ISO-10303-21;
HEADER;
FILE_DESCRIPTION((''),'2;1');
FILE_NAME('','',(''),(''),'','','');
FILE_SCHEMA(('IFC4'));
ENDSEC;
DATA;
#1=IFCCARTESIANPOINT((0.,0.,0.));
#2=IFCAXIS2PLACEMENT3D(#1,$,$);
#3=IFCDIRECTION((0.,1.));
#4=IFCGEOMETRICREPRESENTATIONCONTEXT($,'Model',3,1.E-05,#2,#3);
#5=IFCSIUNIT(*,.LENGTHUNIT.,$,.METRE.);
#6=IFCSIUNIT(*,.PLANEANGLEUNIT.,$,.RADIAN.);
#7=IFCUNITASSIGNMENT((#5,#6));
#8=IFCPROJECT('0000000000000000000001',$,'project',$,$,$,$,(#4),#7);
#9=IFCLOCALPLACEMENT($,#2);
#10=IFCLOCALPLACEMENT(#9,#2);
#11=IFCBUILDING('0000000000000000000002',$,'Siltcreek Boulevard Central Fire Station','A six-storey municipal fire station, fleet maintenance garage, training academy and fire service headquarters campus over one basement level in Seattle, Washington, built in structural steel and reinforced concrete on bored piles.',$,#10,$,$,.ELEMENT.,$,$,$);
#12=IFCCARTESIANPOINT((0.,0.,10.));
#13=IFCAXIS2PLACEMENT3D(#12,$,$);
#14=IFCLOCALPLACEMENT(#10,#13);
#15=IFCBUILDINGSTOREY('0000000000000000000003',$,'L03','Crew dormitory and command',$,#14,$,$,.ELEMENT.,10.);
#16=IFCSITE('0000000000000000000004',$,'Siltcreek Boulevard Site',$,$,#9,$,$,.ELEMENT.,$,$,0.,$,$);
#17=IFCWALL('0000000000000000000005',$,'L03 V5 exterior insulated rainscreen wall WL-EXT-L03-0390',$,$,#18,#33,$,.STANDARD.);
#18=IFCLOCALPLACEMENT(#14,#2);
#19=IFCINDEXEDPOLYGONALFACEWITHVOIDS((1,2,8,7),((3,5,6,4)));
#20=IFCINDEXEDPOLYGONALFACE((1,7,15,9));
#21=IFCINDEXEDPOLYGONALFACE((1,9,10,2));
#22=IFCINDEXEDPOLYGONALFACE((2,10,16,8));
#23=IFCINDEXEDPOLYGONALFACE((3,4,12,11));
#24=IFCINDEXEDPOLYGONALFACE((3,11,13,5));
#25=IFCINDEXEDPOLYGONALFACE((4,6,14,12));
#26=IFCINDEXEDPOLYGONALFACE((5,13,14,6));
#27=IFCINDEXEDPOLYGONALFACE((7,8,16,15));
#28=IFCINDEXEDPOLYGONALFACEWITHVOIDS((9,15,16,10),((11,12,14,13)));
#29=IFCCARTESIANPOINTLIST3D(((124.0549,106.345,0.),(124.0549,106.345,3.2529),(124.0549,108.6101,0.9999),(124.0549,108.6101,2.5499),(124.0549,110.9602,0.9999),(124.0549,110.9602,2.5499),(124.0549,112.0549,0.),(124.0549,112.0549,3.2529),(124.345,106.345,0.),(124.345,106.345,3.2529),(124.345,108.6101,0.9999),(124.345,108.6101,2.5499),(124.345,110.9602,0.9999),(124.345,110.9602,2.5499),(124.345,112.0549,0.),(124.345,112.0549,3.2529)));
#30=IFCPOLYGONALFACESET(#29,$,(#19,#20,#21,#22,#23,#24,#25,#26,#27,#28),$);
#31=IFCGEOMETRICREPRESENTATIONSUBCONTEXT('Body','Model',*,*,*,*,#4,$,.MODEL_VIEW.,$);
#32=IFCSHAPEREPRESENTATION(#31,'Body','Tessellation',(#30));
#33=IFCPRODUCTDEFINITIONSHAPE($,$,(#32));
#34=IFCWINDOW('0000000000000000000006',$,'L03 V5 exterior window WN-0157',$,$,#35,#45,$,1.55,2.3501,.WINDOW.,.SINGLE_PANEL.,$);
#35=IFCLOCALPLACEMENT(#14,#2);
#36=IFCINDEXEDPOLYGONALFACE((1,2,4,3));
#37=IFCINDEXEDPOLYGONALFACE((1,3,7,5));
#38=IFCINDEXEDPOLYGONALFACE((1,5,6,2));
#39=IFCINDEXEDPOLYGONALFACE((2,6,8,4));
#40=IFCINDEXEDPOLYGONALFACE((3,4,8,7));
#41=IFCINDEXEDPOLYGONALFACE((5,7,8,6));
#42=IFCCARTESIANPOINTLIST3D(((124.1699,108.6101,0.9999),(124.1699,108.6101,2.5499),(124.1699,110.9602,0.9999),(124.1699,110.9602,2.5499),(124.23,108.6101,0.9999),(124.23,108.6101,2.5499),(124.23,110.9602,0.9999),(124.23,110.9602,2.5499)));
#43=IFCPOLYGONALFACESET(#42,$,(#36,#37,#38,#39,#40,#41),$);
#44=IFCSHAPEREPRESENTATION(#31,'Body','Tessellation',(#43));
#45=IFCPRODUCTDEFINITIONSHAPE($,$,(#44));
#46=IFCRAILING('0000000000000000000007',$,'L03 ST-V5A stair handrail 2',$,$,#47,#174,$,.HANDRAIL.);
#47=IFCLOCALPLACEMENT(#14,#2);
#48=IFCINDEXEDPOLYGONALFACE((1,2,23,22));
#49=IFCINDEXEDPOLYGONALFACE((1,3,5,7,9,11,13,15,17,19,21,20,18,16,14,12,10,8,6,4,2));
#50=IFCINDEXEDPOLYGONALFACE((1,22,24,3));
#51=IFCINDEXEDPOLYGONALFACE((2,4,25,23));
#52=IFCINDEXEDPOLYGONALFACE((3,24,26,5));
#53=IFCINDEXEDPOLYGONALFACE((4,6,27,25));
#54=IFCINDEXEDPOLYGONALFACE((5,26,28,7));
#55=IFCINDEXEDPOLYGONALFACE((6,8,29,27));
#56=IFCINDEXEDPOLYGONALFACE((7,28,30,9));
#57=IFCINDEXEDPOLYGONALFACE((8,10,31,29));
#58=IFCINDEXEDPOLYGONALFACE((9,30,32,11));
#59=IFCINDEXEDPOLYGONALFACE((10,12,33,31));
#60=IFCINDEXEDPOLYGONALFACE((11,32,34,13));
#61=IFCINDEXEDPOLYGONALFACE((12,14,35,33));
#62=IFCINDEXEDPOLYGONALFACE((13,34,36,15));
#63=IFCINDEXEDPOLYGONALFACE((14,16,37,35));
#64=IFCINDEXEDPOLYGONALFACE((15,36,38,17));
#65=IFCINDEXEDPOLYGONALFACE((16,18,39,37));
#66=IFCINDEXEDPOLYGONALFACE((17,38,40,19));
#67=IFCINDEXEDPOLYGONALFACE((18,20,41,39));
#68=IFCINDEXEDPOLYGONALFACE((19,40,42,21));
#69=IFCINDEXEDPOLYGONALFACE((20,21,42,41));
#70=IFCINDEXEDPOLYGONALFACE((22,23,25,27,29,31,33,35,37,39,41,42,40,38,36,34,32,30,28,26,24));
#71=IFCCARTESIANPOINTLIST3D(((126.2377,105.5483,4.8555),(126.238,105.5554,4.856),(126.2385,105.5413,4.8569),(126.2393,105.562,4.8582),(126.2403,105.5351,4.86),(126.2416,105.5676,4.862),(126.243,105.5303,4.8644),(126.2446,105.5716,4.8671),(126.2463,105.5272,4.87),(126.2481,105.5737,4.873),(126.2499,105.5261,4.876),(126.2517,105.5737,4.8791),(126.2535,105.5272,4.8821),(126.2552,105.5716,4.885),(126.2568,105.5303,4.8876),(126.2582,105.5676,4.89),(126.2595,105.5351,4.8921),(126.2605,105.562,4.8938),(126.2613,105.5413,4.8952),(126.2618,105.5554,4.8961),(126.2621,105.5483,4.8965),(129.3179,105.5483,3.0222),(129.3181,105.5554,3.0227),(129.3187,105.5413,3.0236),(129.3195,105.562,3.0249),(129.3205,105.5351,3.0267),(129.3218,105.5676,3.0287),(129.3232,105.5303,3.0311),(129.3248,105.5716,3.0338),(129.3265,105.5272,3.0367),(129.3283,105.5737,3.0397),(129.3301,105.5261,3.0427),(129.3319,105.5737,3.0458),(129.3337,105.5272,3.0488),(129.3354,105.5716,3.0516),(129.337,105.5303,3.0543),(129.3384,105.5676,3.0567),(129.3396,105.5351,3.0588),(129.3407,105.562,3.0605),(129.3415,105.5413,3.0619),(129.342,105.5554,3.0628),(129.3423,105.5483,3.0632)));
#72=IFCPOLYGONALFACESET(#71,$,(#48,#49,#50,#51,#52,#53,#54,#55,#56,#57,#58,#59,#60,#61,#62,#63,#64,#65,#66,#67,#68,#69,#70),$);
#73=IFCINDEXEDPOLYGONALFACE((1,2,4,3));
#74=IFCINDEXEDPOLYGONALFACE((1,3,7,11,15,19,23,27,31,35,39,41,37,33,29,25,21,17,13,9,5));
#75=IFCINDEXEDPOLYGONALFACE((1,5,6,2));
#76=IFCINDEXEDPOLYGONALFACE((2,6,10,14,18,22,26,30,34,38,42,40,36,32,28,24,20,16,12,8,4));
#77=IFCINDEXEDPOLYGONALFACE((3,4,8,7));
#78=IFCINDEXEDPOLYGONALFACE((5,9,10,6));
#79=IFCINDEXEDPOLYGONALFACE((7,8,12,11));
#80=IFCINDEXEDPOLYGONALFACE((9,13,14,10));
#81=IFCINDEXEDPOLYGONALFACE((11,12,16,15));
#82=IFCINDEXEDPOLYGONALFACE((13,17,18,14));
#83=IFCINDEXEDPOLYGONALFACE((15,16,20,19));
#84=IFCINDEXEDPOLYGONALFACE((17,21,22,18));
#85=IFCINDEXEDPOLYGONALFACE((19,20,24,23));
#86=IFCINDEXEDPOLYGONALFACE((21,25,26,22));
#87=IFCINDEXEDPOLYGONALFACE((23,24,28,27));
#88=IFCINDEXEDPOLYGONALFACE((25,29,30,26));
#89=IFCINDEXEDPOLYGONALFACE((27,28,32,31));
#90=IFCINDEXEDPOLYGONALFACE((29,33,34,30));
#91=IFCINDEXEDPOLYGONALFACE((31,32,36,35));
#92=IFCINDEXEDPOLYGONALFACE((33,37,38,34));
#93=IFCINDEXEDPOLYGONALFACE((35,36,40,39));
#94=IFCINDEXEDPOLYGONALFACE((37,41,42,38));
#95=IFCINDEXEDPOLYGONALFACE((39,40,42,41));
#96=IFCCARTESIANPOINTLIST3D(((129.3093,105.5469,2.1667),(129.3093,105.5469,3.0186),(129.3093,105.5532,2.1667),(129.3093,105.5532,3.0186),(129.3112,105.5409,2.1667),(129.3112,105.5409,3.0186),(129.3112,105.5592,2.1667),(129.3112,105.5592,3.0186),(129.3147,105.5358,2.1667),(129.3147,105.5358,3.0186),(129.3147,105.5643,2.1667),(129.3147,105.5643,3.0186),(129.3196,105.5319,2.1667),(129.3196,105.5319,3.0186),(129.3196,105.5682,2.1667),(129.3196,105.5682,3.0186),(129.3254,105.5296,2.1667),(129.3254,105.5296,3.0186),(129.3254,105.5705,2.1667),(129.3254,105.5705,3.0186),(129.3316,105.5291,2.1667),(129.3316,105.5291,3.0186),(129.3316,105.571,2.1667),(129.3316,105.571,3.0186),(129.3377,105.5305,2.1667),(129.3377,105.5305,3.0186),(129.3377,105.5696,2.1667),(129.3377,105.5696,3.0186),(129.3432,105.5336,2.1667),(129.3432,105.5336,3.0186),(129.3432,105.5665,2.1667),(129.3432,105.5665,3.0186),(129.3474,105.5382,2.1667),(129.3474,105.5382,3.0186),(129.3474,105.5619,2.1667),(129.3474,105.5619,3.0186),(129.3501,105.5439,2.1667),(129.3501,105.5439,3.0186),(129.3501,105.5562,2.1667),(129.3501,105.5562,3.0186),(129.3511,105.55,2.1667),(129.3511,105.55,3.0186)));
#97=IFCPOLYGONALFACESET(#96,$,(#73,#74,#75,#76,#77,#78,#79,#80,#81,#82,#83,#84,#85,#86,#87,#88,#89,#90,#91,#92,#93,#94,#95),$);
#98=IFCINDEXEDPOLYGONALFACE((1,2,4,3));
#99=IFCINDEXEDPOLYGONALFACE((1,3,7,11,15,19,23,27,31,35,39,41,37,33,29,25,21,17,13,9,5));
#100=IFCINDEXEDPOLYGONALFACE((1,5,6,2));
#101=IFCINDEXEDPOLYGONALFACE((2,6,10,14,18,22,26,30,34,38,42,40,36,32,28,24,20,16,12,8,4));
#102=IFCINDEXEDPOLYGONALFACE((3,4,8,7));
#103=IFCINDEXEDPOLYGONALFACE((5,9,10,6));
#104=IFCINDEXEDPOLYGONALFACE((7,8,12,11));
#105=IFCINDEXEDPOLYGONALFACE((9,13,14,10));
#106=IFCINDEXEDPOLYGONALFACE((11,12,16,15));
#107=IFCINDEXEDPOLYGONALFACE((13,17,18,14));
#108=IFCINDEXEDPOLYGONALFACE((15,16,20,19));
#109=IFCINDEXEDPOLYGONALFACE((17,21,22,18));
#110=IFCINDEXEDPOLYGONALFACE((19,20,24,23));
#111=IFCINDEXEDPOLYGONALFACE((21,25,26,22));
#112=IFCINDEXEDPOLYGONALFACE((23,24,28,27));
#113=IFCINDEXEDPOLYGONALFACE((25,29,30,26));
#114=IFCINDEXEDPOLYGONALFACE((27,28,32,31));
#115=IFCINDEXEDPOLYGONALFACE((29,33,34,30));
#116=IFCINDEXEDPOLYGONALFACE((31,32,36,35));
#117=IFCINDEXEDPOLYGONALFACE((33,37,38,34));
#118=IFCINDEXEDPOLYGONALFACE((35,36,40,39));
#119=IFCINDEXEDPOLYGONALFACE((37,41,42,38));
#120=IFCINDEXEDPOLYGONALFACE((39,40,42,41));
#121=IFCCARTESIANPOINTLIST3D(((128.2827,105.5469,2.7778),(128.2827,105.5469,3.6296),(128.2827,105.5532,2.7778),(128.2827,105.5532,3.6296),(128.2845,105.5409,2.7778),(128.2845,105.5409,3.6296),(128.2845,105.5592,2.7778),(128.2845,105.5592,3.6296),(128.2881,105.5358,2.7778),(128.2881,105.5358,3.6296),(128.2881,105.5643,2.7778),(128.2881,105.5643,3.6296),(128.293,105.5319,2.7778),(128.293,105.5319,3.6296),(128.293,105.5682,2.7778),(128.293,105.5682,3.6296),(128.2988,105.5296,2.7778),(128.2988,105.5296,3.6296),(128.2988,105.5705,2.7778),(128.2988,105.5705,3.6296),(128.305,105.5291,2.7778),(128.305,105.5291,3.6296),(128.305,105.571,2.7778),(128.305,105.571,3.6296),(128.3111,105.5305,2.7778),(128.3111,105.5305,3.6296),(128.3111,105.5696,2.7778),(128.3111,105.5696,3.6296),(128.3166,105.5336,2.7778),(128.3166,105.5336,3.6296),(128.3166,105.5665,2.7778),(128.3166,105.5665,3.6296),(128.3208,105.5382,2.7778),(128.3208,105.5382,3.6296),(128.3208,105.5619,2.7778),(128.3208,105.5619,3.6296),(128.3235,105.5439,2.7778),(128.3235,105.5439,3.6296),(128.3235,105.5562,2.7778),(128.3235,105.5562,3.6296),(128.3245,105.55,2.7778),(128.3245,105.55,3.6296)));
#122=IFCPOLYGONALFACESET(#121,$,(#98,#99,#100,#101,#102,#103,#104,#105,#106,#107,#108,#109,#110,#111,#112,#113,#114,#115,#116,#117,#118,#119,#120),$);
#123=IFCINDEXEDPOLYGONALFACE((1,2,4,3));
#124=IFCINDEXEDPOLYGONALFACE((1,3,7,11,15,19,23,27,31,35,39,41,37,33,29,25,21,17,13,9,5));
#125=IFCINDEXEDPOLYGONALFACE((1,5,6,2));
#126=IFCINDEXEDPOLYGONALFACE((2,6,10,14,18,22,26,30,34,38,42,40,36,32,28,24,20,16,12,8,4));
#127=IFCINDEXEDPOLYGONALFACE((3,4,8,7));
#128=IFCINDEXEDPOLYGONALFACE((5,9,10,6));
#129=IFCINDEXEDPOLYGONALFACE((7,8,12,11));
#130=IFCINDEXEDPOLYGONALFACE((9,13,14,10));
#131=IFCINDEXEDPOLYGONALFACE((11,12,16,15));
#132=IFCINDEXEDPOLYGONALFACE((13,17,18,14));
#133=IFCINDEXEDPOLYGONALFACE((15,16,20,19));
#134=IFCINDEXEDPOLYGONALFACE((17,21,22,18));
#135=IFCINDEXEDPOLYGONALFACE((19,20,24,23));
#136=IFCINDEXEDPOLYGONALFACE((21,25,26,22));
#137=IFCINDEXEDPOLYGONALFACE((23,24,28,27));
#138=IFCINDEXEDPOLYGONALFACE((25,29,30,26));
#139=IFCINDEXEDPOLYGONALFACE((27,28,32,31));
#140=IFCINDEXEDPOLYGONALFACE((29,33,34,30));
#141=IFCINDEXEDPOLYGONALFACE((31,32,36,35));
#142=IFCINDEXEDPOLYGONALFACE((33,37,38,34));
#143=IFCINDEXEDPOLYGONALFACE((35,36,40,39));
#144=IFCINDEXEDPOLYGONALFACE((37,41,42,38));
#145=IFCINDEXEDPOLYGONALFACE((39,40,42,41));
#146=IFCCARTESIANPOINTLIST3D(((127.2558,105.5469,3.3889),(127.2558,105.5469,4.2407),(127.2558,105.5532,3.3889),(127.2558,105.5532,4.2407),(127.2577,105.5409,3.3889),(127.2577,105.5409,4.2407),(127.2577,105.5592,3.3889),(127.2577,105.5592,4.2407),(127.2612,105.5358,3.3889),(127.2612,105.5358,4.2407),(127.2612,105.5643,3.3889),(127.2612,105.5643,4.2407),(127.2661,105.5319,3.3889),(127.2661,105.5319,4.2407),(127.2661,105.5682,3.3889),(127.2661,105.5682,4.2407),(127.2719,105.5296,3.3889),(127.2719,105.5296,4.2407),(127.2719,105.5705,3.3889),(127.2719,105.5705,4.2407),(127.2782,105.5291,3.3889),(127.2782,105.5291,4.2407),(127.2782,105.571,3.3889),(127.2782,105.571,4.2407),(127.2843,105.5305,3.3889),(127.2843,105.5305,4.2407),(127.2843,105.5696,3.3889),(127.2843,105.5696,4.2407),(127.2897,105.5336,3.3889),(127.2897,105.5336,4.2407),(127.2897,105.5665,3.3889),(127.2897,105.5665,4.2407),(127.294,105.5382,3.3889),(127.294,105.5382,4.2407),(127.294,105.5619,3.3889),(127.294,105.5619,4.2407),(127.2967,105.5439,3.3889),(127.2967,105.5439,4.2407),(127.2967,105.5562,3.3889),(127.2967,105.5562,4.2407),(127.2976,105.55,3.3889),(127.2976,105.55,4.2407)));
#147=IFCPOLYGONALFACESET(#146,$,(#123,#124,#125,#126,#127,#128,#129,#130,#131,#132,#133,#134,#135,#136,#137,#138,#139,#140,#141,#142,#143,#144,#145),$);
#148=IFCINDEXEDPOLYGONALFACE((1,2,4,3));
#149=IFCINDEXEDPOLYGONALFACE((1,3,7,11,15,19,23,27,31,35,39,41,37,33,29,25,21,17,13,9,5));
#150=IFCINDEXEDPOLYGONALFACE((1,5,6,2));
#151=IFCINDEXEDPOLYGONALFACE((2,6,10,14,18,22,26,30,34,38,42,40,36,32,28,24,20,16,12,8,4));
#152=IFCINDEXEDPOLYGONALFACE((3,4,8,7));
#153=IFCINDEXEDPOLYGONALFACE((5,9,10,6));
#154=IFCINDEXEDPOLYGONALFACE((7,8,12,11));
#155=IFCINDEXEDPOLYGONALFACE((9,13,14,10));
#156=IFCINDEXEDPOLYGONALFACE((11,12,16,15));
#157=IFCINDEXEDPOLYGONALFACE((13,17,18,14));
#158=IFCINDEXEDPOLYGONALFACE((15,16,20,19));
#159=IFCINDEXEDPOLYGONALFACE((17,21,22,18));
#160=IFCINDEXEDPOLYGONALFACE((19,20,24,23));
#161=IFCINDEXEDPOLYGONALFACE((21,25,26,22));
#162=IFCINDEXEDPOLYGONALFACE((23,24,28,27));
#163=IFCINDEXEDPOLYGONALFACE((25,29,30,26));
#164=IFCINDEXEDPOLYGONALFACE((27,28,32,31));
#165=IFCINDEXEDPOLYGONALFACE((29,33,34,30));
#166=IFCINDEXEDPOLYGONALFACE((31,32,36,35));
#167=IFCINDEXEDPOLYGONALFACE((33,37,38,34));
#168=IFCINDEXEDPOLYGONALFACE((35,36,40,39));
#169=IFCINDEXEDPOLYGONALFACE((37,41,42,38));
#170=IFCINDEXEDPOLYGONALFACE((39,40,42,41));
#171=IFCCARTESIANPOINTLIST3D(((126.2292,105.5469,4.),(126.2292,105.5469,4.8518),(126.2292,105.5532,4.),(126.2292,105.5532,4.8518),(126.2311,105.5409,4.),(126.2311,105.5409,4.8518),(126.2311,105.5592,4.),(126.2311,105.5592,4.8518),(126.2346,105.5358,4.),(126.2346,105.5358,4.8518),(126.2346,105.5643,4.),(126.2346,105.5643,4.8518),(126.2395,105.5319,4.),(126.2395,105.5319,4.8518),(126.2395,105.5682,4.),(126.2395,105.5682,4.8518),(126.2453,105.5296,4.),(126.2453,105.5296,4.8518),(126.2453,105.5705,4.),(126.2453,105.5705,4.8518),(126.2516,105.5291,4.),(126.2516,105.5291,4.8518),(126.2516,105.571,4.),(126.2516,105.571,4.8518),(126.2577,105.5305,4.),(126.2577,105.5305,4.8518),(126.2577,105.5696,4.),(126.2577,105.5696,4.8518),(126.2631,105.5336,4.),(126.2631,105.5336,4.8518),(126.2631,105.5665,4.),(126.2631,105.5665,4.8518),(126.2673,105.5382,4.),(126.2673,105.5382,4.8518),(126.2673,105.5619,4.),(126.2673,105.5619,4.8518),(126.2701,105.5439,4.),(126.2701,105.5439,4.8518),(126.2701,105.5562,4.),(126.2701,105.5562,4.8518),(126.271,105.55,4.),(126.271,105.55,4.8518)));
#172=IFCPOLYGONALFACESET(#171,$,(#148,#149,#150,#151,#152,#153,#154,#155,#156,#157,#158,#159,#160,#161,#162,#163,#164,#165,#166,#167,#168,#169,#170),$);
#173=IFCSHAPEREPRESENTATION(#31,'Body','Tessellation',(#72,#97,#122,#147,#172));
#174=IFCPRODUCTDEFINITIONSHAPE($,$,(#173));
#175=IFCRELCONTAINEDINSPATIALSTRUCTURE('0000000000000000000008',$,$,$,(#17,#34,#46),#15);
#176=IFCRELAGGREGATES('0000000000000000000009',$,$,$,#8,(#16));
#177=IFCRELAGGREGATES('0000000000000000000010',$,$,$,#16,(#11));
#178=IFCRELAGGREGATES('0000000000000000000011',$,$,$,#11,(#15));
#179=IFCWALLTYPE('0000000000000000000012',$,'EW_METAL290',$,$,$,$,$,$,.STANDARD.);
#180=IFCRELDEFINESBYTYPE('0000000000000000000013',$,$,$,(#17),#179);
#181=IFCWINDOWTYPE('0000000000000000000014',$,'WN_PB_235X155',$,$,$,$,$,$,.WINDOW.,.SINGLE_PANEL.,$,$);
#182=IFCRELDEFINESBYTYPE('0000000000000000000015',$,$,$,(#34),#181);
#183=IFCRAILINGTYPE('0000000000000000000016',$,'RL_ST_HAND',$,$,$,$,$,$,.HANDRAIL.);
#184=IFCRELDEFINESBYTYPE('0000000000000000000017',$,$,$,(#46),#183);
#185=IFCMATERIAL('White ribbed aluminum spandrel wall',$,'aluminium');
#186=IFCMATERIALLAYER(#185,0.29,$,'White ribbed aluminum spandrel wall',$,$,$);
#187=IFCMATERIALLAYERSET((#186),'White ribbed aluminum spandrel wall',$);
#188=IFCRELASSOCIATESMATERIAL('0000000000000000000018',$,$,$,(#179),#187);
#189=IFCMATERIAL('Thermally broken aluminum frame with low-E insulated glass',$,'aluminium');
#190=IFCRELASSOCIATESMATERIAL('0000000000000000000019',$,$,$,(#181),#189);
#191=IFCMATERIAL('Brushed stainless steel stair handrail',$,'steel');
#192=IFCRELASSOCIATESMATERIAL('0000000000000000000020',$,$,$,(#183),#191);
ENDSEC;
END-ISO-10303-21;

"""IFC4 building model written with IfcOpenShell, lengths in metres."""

from ifc_helpers import new_model, si_unit, direction, frame, frame_2d, origin, origin_2d, place, context, subcontext, project, spatial, rectangle, circle, extrude, material, layer, layer_set, type_object, element, fill, save


model = new_model("IFC4")

# Units and contexts
model_context = context("Model", 3, precision=1e-05, world=origin(), true_north=direction((0.0, 1.0)))
body_context = subcontext(model_context, "Body", "Model", "MODEL_VIEW")
ifc_project = project(units=[si_unit("LENGTHUNIT", "METRE"), si_unit("PLANEANGLEUNIT", "RADIAN")], contexts=[model_context])

# Site, building, storey
site_placement = place(None, origin())
site = spatial("IfcSite", under=ifc_project, at=site_placement, Name="Siltcreek Boulevard Site", CompositionType="ELEMENT", RefElevation=0.0)
building_placement = place(site_placement, origin())
building = spatial("IfcBuilding", under=site, at=building_placement, Name="Siltcreek Boulevard Central Fire Station", Description="A six-storey municipal fire station, fleet maintenance garage, training academy and fire service headquarters campus over one basement level in Seattle, Washington, built in structural steel and reinforced concrete on bored piles.", CompositionType="ELEMENT")
storey_placement = place(building_placement, frame((0.0, 0.0, 10.0)))
storey = spatial("IfcBuildingStorey", under=building, at=storey_placement, Name="L03", Description="Crew dormitory and command", CompositionType="ELEMENT", Elevation=10.0)

# Shared definitions
ifc_material_1 = material(Name="White ribbed aluminum spandrel wall", Category="aluminium")
ifc_layer_1 = layer(ifc_material_1, 0.29, Name="White ribbed aluminum spandrel wall")
ifc_layer_set_1 = layer_set([ifc_layer_1], Name="White ribbed aluminum spandrel wall")
wall_type_1 = type_object("IfcWallType", Name="EW_METAL290", PredefinedType="STANDARD", material=ifc_layer_set_1)

# Wall, opening, window
wall_1_placement = place(storey_placement, frame((124.2, 112.0549, 0.0), z_axis=(0.0, 0.0, 1.0), x_axis=(0.0, -1.0, 0.0)))
wall_1 = element("IfcWall", 1, at=wall_1_placement, inside=storey, type_object=wall_type_1, Name="L03 V5 exterior insulated rainscreen wall WL-EXT-L03-0390", PredefinedType="STANDARD", context=body_context, shape_type="SweptSolid", body=[
    extrude(rectangle(XDim=5.71, YDim=0.29, at=frame_2d((2.855, 0.0))), origin(), (0.0, 0.0, 1.0), 3.2529),
])
opening_placement = place(wall_1_placement, frame((1.0947, 0.0, 1.0)))
opening = element("IfcOpeningElement", 2, at=opening_placement, cuts=wall_1, PredefinedType="OPENING", context=body_context, shape_type="SweptSolid", body=[
    extrude(rectangle(XDim=2.3501, YDim=1.55, at=frame_2d((1.175, 0.7749))), frame((0.0, 0.155, 0.0), z_axis=(0.0, -1.0, 0.0), x_axis=(1.0, 0.0, 0.0)), (0.0, 0.0, 1.0), 0.3101),
])
ifc_material_2 = material(Name="Thermally broken aluminum frame with low-E insulated glass", Category="aluminium")
window_type = type_object("IfcWindowType", Name="WN_PB_235X155", PartitioningType="SINGLE_PANEL", PredefinedType="WINDOW", material=ifc_material_2)
window_placement = place(opening_placement, origin())
window = element("IfcWindow", 3, at=window_placement, inside=storey, type_object=window_type, Name="L03 V5 exterior window WN-0157", OverallHeight=1.55, OverallWidth=2.3501, PartitioningType="SINGLE_PANEL", PredefinedType="WINDOW", context=body_context, shape_type="SweptSolid", body=[
    extrude(rectangle(XDim=2.3501, YDim=1.55, at=frame_2d((1.175, 0.7749))), frame((0.0, 0.03, 0.0), z_axis=(0.0, -1.0, 0.0), x_axis=(1.0, 0.0, 0.0)), (0.0, 0.0, 1.0), 0.0601),
])
fill(opening, window)

# Railing
ifc_material_3 = material(Name="Brushed stainless steel stair handrail", Category="steel")
railing_type = type_object("IfcRailingType", Name="RL_ST_HAND", PredefinedType="HANDRAIL", material=ifc_material_3)
railing_placement = place(storey_placement, frame((129.3301, 105.55, 2.1667)))
element("IfcRailing", 4, at=railing_placement, inside=storey, type_object=railing_type, Name="L03 ST-V5A stair handrail 2", PredefinedType="HANDRAIL", context=body_context, shape_type="SweptSolid", body=[
    extrude(circle(Radius=0.0239, at=origin_2d()), frame((0.0, 0.0, 0.876), z_axis=(-0.859309, 0.0, 0.511458), x_axis=(0.0, -1.0, 0.0)), (0.0, 0.0, 1.0), 3.5845),
    extrude(circle(Radius=0.021, at=origin_2d()), origin(), (0.0, 0.0, 1.0), 0.8518),
    extrude(circle(Radius=0.021, at=origin_2d()), frame((-1.0266, 0.0, 0.6111)), (0.0, 0.0, 1.0), 0.8518),
    extrude(circle(Radius=0.021, at=origin_2d()), frame((-2.0535, 0.0, 1.2222)), (0.0, 0.0, 1.0), 0.8518),
    extrude(circle(Radius=0.021, at=origin_2d()), frame((-3.0801, 0.0, 1.8333)), (0.0, 0.0, 1.0), 0.8518),
])

save(model, "model.ifc")
